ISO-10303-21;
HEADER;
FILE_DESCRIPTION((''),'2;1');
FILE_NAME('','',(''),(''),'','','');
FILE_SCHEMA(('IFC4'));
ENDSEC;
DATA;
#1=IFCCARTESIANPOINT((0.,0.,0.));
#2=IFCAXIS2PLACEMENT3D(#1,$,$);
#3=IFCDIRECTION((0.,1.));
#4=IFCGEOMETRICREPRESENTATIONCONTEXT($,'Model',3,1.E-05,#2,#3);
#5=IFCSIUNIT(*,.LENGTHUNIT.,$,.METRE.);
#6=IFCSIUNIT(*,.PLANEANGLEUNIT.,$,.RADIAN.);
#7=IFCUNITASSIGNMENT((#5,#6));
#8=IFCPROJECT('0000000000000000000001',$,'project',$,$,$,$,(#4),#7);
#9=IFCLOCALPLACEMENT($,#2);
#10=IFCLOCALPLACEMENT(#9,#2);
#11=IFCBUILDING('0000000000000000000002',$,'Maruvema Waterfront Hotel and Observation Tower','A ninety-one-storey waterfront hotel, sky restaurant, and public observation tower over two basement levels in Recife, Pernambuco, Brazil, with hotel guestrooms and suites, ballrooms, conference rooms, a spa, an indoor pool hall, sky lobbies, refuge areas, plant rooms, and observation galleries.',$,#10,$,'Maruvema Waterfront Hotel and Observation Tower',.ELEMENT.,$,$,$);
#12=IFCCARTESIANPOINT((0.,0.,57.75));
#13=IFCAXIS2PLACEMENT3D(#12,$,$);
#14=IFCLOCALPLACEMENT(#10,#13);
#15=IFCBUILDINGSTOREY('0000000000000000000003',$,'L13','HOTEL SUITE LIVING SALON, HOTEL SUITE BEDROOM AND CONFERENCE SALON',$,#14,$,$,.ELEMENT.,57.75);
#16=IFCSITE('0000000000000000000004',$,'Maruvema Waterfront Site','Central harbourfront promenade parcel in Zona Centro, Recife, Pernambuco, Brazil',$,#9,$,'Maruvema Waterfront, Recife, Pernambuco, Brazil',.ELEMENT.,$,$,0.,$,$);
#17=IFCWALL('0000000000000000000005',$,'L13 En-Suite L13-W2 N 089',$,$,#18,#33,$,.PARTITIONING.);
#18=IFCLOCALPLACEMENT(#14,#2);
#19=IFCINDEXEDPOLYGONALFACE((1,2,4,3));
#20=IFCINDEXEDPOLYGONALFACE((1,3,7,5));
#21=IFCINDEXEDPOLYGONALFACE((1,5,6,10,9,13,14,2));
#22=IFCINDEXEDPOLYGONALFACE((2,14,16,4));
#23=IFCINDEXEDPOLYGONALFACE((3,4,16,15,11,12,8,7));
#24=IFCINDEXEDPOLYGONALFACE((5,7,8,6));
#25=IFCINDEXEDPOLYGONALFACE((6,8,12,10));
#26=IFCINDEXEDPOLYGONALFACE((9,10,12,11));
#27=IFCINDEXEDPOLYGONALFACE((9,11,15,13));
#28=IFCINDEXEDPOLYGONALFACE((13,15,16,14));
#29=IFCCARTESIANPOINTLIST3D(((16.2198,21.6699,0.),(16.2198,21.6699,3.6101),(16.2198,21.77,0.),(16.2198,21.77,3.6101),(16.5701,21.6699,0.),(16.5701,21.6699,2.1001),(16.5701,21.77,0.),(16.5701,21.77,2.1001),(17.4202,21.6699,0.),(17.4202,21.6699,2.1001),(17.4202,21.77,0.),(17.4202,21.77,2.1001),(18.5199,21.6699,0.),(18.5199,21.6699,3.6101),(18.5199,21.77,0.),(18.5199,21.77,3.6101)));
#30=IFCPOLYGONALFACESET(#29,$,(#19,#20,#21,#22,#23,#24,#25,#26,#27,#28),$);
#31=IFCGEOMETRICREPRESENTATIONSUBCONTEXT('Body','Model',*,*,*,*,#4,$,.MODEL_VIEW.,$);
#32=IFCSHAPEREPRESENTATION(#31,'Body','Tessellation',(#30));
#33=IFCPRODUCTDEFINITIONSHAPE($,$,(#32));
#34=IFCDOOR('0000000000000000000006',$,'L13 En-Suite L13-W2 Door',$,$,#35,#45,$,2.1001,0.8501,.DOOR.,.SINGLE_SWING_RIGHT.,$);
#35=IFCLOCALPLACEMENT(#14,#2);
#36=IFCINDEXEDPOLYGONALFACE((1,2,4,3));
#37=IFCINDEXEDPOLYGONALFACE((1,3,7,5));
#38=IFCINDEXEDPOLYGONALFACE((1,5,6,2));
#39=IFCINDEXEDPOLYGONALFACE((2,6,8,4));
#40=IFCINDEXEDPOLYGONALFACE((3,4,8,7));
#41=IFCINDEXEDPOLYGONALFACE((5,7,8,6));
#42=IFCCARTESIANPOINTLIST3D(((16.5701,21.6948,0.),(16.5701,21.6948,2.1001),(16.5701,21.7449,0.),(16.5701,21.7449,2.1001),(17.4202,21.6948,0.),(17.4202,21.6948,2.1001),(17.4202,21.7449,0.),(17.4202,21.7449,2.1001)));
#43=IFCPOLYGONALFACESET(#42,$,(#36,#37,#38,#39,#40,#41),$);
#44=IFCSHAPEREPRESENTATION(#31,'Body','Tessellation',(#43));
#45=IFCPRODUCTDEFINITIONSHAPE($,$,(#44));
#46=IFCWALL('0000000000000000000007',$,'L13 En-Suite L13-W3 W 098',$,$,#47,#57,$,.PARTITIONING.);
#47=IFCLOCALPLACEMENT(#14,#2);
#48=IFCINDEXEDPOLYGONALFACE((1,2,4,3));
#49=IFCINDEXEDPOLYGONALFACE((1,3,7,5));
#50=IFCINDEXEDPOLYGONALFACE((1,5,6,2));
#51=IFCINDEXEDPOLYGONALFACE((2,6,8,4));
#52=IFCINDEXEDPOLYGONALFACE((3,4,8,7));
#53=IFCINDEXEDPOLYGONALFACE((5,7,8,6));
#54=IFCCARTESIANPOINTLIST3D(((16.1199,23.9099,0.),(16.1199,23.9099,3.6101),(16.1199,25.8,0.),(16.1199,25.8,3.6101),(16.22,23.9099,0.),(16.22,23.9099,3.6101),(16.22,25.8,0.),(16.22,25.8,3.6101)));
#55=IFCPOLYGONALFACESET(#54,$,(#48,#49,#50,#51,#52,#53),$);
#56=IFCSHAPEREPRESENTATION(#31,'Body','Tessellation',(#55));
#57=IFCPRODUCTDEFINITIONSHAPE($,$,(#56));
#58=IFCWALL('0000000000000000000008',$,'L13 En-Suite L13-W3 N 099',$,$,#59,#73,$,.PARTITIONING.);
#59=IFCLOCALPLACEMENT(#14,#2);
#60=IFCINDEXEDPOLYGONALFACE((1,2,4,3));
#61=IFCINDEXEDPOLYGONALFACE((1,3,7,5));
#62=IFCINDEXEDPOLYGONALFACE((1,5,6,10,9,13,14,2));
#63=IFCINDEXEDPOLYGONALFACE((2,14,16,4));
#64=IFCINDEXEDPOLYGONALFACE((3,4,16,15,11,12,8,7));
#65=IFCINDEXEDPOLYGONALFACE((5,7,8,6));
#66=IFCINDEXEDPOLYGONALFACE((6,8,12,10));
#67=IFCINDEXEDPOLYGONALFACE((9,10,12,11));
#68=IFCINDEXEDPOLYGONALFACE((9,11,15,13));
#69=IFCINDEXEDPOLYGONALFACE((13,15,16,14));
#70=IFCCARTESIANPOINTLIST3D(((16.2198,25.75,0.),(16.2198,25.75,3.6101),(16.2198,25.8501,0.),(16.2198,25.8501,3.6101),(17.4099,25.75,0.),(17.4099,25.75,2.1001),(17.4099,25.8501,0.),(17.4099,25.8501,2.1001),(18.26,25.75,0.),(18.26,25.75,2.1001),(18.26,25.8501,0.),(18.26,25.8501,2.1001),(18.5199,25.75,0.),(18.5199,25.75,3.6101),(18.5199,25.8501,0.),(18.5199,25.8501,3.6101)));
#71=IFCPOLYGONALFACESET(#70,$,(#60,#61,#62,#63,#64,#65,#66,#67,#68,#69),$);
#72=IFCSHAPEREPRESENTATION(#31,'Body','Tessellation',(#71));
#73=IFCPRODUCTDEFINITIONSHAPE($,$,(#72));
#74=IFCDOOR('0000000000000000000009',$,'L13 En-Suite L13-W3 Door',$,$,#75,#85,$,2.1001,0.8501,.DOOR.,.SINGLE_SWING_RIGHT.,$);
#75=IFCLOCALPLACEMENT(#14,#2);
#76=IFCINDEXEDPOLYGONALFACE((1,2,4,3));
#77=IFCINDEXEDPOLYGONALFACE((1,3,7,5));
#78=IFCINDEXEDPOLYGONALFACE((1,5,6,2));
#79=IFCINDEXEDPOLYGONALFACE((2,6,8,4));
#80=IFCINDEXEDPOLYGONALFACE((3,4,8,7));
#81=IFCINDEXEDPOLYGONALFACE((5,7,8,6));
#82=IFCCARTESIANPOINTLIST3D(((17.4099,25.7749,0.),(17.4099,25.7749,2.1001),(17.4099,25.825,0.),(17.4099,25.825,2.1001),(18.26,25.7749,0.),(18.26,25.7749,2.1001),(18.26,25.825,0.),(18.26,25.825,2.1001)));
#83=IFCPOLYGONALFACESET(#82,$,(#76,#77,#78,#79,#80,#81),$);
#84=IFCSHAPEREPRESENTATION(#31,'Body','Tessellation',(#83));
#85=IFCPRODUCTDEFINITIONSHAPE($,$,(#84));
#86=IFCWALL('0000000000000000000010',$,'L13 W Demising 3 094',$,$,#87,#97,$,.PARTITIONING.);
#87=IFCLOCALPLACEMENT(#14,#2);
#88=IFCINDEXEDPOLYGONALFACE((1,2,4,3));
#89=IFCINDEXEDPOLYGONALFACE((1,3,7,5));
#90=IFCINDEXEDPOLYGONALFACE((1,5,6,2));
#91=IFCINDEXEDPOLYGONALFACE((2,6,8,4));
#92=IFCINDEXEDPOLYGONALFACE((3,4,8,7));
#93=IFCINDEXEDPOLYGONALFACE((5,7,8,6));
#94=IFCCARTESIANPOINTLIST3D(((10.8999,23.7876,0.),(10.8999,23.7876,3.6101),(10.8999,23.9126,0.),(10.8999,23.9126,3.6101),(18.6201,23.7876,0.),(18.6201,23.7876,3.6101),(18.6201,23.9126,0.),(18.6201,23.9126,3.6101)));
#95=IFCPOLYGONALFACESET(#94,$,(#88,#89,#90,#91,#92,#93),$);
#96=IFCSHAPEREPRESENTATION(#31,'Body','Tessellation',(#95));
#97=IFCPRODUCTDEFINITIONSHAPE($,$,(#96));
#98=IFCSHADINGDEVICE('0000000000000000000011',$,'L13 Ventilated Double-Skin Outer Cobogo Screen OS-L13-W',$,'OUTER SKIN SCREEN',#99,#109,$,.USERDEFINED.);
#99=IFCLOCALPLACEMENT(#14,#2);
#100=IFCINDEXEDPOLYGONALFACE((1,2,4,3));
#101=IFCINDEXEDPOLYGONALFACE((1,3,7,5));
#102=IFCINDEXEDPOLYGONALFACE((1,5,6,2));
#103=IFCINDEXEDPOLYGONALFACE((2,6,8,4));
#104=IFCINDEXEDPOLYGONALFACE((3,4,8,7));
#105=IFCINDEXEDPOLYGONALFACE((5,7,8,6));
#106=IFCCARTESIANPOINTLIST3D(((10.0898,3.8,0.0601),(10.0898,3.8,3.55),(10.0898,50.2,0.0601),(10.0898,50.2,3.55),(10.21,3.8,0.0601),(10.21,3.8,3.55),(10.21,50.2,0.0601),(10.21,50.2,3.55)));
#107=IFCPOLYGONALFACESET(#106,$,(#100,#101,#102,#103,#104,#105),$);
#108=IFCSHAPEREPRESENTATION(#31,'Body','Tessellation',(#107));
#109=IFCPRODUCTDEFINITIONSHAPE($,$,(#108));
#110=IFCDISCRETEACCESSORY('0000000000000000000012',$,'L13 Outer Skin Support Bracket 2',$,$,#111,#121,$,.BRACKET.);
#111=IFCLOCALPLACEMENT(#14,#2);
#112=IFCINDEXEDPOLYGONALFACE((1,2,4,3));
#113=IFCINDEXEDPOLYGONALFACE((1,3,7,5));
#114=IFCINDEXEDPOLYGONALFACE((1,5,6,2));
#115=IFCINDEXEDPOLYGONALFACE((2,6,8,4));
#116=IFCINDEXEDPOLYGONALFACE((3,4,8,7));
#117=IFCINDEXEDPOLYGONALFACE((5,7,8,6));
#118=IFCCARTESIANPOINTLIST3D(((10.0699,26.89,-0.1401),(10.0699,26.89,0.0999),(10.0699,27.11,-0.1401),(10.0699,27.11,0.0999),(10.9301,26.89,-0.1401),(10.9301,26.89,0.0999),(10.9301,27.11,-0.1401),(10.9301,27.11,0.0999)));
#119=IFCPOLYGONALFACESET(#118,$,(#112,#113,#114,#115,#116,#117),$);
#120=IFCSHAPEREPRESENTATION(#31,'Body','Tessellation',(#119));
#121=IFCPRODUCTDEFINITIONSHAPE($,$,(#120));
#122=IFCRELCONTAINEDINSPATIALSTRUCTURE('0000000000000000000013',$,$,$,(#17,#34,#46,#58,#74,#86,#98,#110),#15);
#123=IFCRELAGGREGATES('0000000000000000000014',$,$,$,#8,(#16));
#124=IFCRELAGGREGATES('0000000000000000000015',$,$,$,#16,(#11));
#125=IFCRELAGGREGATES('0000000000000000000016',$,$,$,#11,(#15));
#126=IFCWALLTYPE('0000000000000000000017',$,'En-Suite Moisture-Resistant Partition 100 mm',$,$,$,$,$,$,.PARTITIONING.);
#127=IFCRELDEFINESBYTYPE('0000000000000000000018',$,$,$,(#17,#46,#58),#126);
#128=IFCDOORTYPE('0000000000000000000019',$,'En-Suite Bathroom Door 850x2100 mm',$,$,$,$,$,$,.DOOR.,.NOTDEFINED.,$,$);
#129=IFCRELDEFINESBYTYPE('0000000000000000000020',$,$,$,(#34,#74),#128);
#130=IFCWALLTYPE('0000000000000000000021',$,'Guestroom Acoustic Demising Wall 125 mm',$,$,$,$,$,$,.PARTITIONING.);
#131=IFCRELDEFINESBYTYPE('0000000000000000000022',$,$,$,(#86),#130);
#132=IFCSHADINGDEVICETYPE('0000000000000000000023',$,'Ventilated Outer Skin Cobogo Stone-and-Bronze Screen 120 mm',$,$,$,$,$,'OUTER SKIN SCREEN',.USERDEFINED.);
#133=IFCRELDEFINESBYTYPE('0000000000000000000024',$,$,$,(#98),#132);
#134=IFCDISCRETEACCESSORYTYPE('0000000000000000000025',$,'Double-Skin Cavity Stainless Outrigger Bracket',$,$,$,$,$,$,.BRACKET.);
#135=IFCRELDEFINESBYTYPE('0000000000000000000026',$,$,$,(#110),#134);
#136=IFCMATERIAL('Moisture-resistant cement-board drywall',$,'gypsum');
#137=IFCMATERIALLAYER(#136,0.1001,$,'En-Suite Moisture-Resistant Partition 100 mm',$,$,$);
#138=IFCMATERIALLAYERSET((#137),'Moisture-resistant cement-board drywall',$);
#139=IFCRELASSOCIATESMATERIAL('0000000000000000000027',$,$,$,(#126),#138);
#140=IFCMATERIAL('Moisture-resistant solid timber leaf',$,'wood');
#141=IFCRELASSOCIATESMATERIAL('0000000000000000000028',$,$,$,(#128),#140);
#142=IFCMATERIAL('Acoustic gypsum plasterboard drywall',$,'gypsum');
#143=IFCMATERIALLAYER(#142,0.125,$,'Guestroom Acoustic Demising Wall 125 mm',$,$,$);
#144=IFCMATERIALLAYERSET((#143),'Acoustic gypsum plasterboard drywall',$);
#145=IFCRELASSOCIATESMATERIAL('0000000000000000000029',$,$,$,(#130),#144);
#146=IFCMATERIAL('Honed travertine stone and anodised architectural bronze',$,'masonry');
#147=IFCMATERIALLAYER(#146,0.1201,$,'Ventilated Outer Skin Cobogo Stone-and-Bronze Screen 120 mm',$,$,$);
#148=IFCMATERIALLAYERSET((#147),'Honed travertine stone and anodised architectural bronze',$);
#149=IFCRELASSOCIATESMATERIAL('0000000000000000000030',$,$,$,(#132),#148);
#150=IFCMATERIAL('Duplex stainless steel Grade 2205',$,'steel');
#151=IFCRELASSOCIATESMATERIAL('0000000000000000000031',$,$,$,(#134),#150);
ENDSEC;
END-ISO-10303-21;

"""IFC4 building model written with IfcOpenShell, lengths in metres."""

from ifc_helpers import new_model, si_unit, direction, frame, frame_2d, origin, origin_2d, place, context, subcontext, project, spatial, rectangle, extrude, material, layer, layer_set, type_object, element, fill, save


model = new_model("IFC4")

# Units and contexts
model_context = context("Model", 3, precision=1e-05, world=origin(), true_north=direction((0.0, 1.0)))
body_context = subcontext(model_context, "Body", "Model", "MODEL_VIEW")
ifc_project = project(units=[si_unit("LENGTHUNIT", "METRE"), si_unit("PLANEANGLEUNIT", "RADIAN")], contexts=[model_context])

# Site, building, storey
site_placement = place(None, origin())
site = spatial("IfcSite", under=ifc_project, at=site_placement, Name="Maruvema Waterfront Site", Description="Central harbourfront promenade parcel in Zona Centro, Recife, Pernambuco, Brazil", LongName="Maruvema Waterfront, Recife, Pernambuco, Brazil", CompositionType="ELEMENT", RefElevation=0.0)
building_placement = place(site_placement, origin())
building = spatial("IfcBuilding", under=site, at=building_placement, Name="Maruvema Waterfront Hotel and Observation Tower", Description="A ninety-one-storey waterfront hotel, sky restaurant, and public observation tower over two basement levels in Recife, Pernambuco, Brazil, with hotel guestrooms and suites, ballrooms, conference rooms, a spa, an indoor pool hall, sky lobbies, refuge areas, plant rooms, and observation galleries.", LongName="Maruvema Waterfront Hotel and Observation Tower", CompositionType="ELEMENT")
storey_placement = place(building_placement, frame((0.0, 0.0, 57.75)))
storey = spatial("IfcBuildingStorey", under=building, at=storey_placement, Name="L13", Description="HOTEL SUITE LIVING SALON, HOTEL SUITE BEDROOM AND CONFERENCE SALON", CompositionType="ELEMENT", Elevation=57.75)

# Wall, opening, door
ifc_material_1 = material(Name="Moisture-resistant cement-board drywall", Category="gypsum")
ifc_layer_1 = layer(ifc_material_1, 0.1001, Name="En-Suite Moisture-Resistant Partition 100 mm")
ifc_layer_set_1 = layer_set([ifc_layer_1], Name="Moisture-resistant cement-board drywall")
wall_type_1 = type_object("IfcWallType", Name="En-Suite Moisture-Resistant Partition 100 mm", PredefinedType="PARTITIONING", material=ifc_layer_set_1)
wall_1_placement = place(storey_placement, frame((16.22, 21.72, 0.0), z_axis=(0.0, 0.0, 1.0), x_axis=(1.0, 0.0, 0.0)))
wall_1 = element("IfcWall", 1, at=wall_1_placement, inside=storey, type_object=wall_type_1, Name="L13 En-Suite L13-W2 N 089", PredefinedType="PARTITIONING", context=body_context, shape_type="SweptSolid", body=[
    extrude(rectangle(XDim=2.3, YDim=0.1001, at=frame_2d((1.1499, 0.0))), origin(), (0.0, 0.0, 1.0), 3.6101),
])
opening_1_placement = place(wall_1_placement, frame((0.3501, 0.0, 0.0)))
opening_1 = element("IfcOpeningElement", 2, at=opening_1_placement, cuts=wall_1, PredefinedType="OPENING", context=body_context, shape_type="SweptSolid", body=[
    extrude(rectangle(XDim=0.8501, YDim=2.1001, at=frame_2d((0.425, 1.05))), frame((0.0, 0.0601, 0.0), z_axis=(0.0, -1.0, 0.0), x_axis=(1.0, 0.0, 0.0)), (0.0, 0.0, 1.0), 0.1201),
])
ifc_material_2 = material(Name="Moisture-resistant solid timber leaf", Category="wood")
door_type_1 = type_object("IfcDoorType", Name="En-Suite Bathroom Door 850x2100 mm", OperationType="NOTDEFINED", PredefinedType="DOOR", material=ifc_material_2)
door_1_placement = place(opening_1_placement, origin())
door_1 = element("IfcDoor", 3, at=door_1_placement, inside=storey, type_object=door_type_1, Name="L13 En-Suite L13-W2 Door", OperationType="SINGLE_SWING_RIGHT", OverallHeight=2.1001, OverallWidth=0.8501, PredefinedType="DOOR", context=body_context, shape_type="SweptSolid", body=[
    extrude(rectangle(XDim=0.8501, YDim=2.1001, at=frame_2d((0.425, 1.05))), frame((0.0, 0.0249, 0.0), z_axis=(0.0, -1.0, 0.0), x_axis=(1.0, 0.0, 0.0)), (0.0, 0.0, 1.0), 0.05),
])
fill(opening_1, door_1)

# Wall
wall_2_placement = place(storey_placement, frame((16.1699, 23.9099, 0.0), z_axis=(0.0, 0.0, 1.0), x_axis=(0.0, 1.0, 0.0)))
element("IfcWall", 4, at=wall_2_placement, inside=storey, type_object=wall_type_1, Name="L13 En-Suite L13-W3 W 098", PredefinedType="PARTITIONING", context=body_context, shape_type="SweptSolid", body=[
    extrude(rectangle(XDim=1.8901, YDim=0.1001, at=frame_2d((0.9451, 0.0))), origin(), (0.0, 0.0, 1.0), 3.6101),
])

# Wall, opening, door
wall_3_placement = place(storey_placement, frame((16.22, 25.8, 0.0), z_axis=(0.0, 0.0, 1.0), x_axis=(1.0, 0.0, 0.0)))
wall_3 = element("IfcWall", 5, at=wall_3_placement, inside=storey, type_object=wall_type_1, Name="L13 En-Suite L13-W3 N 099", PredefinedType="PARTITIONING", context=body_context, shape_type="SweptSolid", body=[
    extrude(rectangle(XDim=2.3, YDim=0.1001, at=frame_2d((1.1499, 0.0))), origin(), (0.0, 0.0, 1.0), 3.6101),
])
opening_2_placement = place(wall_3_placement, frame((1.1899, 0.0, 0.0)))
opening_2 = element("IfcOpeningElement", 6, at=opening_2_placement, cuts=wall_3, PredefinedType="OPENING", context=body_context, shape_type="SweptSolid", body=[
    extrude(rectangle(XDim=0.8501, YDim=2.1001, at=frame_2d((0.425, 1.05))), frame((0.0, 0.0601, 0.0), z_axis=(0.0, -1.0, 0.0), x_axis=(1.0, 0.0, 0.0)), (0.0, 0.0, 1.0), 0.1201),
])
door_2_placement = place(opening_2_placement, origin())
door_2 = element("IfcDoor", 7, at=door_2_placement, inside=storey, type_object=door_type_1, Name="L13 En-Suite L13-W3 Door", OperationType="SINGLE_SWING_RIGHT", OverallHeight=2.1001, OverallWidth=0.8501, PredefinedType="DOOR", context=body_context, shape_type="SweptSolid", body=[
    extrude(rectangle(XDim=0.8501, YDim=2.1001, at=frame_2d((0.425, 1.05))), frame((0.0, 0.0249, 0.0), z_axis=(0.0, -1.0, 0.0), x_axis=(1.0, 0.0, 0.0)), (0.0, 0.0, 1.0), 0.05),
])
fill(opening_2, door_2)

# Wall
ifc_material_3 = material(Name="Acoustic gypsum plasterboard drywall", Category="gypsum")
ifc_layer_2 = layer(ifc_material_3, 0.125, Name="Guestroom Acoustic Demising Wall 125 mm")
ifc_layer_set_2 = layer_set([ifc_layer_2], Name="Acoustic gypsum plasterboard drywall")
wall_type_2 = type_object("IfcWallType", Name="Guestroom Acoustic Demising Wall 125 mm", PredefinedType="PARTITIONING", material=ifc_layer_set_2)
wall_4_placement = place(storey_placement, frame((10.8999, 23.8501, 0.0), z_axis=(0.0, 0.0, 1.0), x_axis=(1.0, 0.0, 0.0)))
element("IfcWall", 8, at=wall_4_placement, inside=storey, type_object=wall_type_2, Name="L13 W Demising 3 094", PredefinedType="PARTITIONING", context=body_context, shape_type="SweptSolid", body=[
    extrude(rectangle(XDim=7.7202, YDim=0.125, at=frame_2d((3.8601, 0.0))), origin(), (0.0, 0.0, 1.0), 3.6101),
])

# Shading device
ifc_material_4 = material(Name="Honed travertine stone and anodised architectural bronze", Category="masonry")
ifc_layer_3 = layer(ifc_material_4, 0.1201, Name="Ventilated Outer Skin Cobogo Stone-and-Bronze Screen 120 mm")
ifc_layer_set_3 = layer_set([ifc_layer_3], Name="Honed travertine stone and anodised architectural bronze")
shading_device_type = type_object("IfcShadingDeviceType", Name="Ventilated Outer Skin Cobogo Stone-and-Bronze Screen 120 mm", ElementType="OUTER SKIN SCREEN", PredefinedType="USERDEFINED", material=ifc_layer_set_3)
shading_device_placement = place(storey_placement, frame((10.1499, 27.0, 0.0601), z_axis=(0.0, 0.0, 1.0), x_axis=(0.0, -1.0, 0.0)))
element("IfcShadingDevice", 9, at=shading_device_placement, inside=storey, type_object=shading_device_type, Name="L13 Ventilated Double-Skin Outer Cobogo Screen OS-L13-W", ObjectType="OUTER SKIN SCREEN", PredefinedType="USERDEFINED", context=body_context, shape_type="SweptSolid", body=[
    extrude(rectangle(XDim=46.3999, YDim=0.1201, at=origin_2d()), origin(), (0.0, 0.0, 1.0), 3.49),
])

# Discrete accessory
ifc_material_5 = material(Name="Duplex stainless steel Grade 2205", Category="steel")
discrete_accessory_type = type_object("IfcDiscreteAccessoryType", Name="Double-Skin Cavity Stainless Outrigger Bracket", PredefinedType="BRACKET", material=ifc_material_5)
discrete_accessory_placement = place(storey_placement, frame((10.5, 27.0, -0.1401), z_axis=(0.0, 0.0, 1.0), x_axis=(0.0, -1.0, 0.0)))
element("IfcDiscreteAccessory", 10, at=discrete_accessory_placement, inside=storey, type_object=discrete_accessory_type, Name="L13 Outer Skin Support Bracket 2", PredefinedType="BRACKET", context=body_context, shape_type="SweptSolid", body=[
    extrude(rectangle(XDim=0.22, YDim=0.8601, at=origin_2d()), origin(), (0.0, 0.0, 1.0), 0.24),
])

save(model, "model.ifc")
